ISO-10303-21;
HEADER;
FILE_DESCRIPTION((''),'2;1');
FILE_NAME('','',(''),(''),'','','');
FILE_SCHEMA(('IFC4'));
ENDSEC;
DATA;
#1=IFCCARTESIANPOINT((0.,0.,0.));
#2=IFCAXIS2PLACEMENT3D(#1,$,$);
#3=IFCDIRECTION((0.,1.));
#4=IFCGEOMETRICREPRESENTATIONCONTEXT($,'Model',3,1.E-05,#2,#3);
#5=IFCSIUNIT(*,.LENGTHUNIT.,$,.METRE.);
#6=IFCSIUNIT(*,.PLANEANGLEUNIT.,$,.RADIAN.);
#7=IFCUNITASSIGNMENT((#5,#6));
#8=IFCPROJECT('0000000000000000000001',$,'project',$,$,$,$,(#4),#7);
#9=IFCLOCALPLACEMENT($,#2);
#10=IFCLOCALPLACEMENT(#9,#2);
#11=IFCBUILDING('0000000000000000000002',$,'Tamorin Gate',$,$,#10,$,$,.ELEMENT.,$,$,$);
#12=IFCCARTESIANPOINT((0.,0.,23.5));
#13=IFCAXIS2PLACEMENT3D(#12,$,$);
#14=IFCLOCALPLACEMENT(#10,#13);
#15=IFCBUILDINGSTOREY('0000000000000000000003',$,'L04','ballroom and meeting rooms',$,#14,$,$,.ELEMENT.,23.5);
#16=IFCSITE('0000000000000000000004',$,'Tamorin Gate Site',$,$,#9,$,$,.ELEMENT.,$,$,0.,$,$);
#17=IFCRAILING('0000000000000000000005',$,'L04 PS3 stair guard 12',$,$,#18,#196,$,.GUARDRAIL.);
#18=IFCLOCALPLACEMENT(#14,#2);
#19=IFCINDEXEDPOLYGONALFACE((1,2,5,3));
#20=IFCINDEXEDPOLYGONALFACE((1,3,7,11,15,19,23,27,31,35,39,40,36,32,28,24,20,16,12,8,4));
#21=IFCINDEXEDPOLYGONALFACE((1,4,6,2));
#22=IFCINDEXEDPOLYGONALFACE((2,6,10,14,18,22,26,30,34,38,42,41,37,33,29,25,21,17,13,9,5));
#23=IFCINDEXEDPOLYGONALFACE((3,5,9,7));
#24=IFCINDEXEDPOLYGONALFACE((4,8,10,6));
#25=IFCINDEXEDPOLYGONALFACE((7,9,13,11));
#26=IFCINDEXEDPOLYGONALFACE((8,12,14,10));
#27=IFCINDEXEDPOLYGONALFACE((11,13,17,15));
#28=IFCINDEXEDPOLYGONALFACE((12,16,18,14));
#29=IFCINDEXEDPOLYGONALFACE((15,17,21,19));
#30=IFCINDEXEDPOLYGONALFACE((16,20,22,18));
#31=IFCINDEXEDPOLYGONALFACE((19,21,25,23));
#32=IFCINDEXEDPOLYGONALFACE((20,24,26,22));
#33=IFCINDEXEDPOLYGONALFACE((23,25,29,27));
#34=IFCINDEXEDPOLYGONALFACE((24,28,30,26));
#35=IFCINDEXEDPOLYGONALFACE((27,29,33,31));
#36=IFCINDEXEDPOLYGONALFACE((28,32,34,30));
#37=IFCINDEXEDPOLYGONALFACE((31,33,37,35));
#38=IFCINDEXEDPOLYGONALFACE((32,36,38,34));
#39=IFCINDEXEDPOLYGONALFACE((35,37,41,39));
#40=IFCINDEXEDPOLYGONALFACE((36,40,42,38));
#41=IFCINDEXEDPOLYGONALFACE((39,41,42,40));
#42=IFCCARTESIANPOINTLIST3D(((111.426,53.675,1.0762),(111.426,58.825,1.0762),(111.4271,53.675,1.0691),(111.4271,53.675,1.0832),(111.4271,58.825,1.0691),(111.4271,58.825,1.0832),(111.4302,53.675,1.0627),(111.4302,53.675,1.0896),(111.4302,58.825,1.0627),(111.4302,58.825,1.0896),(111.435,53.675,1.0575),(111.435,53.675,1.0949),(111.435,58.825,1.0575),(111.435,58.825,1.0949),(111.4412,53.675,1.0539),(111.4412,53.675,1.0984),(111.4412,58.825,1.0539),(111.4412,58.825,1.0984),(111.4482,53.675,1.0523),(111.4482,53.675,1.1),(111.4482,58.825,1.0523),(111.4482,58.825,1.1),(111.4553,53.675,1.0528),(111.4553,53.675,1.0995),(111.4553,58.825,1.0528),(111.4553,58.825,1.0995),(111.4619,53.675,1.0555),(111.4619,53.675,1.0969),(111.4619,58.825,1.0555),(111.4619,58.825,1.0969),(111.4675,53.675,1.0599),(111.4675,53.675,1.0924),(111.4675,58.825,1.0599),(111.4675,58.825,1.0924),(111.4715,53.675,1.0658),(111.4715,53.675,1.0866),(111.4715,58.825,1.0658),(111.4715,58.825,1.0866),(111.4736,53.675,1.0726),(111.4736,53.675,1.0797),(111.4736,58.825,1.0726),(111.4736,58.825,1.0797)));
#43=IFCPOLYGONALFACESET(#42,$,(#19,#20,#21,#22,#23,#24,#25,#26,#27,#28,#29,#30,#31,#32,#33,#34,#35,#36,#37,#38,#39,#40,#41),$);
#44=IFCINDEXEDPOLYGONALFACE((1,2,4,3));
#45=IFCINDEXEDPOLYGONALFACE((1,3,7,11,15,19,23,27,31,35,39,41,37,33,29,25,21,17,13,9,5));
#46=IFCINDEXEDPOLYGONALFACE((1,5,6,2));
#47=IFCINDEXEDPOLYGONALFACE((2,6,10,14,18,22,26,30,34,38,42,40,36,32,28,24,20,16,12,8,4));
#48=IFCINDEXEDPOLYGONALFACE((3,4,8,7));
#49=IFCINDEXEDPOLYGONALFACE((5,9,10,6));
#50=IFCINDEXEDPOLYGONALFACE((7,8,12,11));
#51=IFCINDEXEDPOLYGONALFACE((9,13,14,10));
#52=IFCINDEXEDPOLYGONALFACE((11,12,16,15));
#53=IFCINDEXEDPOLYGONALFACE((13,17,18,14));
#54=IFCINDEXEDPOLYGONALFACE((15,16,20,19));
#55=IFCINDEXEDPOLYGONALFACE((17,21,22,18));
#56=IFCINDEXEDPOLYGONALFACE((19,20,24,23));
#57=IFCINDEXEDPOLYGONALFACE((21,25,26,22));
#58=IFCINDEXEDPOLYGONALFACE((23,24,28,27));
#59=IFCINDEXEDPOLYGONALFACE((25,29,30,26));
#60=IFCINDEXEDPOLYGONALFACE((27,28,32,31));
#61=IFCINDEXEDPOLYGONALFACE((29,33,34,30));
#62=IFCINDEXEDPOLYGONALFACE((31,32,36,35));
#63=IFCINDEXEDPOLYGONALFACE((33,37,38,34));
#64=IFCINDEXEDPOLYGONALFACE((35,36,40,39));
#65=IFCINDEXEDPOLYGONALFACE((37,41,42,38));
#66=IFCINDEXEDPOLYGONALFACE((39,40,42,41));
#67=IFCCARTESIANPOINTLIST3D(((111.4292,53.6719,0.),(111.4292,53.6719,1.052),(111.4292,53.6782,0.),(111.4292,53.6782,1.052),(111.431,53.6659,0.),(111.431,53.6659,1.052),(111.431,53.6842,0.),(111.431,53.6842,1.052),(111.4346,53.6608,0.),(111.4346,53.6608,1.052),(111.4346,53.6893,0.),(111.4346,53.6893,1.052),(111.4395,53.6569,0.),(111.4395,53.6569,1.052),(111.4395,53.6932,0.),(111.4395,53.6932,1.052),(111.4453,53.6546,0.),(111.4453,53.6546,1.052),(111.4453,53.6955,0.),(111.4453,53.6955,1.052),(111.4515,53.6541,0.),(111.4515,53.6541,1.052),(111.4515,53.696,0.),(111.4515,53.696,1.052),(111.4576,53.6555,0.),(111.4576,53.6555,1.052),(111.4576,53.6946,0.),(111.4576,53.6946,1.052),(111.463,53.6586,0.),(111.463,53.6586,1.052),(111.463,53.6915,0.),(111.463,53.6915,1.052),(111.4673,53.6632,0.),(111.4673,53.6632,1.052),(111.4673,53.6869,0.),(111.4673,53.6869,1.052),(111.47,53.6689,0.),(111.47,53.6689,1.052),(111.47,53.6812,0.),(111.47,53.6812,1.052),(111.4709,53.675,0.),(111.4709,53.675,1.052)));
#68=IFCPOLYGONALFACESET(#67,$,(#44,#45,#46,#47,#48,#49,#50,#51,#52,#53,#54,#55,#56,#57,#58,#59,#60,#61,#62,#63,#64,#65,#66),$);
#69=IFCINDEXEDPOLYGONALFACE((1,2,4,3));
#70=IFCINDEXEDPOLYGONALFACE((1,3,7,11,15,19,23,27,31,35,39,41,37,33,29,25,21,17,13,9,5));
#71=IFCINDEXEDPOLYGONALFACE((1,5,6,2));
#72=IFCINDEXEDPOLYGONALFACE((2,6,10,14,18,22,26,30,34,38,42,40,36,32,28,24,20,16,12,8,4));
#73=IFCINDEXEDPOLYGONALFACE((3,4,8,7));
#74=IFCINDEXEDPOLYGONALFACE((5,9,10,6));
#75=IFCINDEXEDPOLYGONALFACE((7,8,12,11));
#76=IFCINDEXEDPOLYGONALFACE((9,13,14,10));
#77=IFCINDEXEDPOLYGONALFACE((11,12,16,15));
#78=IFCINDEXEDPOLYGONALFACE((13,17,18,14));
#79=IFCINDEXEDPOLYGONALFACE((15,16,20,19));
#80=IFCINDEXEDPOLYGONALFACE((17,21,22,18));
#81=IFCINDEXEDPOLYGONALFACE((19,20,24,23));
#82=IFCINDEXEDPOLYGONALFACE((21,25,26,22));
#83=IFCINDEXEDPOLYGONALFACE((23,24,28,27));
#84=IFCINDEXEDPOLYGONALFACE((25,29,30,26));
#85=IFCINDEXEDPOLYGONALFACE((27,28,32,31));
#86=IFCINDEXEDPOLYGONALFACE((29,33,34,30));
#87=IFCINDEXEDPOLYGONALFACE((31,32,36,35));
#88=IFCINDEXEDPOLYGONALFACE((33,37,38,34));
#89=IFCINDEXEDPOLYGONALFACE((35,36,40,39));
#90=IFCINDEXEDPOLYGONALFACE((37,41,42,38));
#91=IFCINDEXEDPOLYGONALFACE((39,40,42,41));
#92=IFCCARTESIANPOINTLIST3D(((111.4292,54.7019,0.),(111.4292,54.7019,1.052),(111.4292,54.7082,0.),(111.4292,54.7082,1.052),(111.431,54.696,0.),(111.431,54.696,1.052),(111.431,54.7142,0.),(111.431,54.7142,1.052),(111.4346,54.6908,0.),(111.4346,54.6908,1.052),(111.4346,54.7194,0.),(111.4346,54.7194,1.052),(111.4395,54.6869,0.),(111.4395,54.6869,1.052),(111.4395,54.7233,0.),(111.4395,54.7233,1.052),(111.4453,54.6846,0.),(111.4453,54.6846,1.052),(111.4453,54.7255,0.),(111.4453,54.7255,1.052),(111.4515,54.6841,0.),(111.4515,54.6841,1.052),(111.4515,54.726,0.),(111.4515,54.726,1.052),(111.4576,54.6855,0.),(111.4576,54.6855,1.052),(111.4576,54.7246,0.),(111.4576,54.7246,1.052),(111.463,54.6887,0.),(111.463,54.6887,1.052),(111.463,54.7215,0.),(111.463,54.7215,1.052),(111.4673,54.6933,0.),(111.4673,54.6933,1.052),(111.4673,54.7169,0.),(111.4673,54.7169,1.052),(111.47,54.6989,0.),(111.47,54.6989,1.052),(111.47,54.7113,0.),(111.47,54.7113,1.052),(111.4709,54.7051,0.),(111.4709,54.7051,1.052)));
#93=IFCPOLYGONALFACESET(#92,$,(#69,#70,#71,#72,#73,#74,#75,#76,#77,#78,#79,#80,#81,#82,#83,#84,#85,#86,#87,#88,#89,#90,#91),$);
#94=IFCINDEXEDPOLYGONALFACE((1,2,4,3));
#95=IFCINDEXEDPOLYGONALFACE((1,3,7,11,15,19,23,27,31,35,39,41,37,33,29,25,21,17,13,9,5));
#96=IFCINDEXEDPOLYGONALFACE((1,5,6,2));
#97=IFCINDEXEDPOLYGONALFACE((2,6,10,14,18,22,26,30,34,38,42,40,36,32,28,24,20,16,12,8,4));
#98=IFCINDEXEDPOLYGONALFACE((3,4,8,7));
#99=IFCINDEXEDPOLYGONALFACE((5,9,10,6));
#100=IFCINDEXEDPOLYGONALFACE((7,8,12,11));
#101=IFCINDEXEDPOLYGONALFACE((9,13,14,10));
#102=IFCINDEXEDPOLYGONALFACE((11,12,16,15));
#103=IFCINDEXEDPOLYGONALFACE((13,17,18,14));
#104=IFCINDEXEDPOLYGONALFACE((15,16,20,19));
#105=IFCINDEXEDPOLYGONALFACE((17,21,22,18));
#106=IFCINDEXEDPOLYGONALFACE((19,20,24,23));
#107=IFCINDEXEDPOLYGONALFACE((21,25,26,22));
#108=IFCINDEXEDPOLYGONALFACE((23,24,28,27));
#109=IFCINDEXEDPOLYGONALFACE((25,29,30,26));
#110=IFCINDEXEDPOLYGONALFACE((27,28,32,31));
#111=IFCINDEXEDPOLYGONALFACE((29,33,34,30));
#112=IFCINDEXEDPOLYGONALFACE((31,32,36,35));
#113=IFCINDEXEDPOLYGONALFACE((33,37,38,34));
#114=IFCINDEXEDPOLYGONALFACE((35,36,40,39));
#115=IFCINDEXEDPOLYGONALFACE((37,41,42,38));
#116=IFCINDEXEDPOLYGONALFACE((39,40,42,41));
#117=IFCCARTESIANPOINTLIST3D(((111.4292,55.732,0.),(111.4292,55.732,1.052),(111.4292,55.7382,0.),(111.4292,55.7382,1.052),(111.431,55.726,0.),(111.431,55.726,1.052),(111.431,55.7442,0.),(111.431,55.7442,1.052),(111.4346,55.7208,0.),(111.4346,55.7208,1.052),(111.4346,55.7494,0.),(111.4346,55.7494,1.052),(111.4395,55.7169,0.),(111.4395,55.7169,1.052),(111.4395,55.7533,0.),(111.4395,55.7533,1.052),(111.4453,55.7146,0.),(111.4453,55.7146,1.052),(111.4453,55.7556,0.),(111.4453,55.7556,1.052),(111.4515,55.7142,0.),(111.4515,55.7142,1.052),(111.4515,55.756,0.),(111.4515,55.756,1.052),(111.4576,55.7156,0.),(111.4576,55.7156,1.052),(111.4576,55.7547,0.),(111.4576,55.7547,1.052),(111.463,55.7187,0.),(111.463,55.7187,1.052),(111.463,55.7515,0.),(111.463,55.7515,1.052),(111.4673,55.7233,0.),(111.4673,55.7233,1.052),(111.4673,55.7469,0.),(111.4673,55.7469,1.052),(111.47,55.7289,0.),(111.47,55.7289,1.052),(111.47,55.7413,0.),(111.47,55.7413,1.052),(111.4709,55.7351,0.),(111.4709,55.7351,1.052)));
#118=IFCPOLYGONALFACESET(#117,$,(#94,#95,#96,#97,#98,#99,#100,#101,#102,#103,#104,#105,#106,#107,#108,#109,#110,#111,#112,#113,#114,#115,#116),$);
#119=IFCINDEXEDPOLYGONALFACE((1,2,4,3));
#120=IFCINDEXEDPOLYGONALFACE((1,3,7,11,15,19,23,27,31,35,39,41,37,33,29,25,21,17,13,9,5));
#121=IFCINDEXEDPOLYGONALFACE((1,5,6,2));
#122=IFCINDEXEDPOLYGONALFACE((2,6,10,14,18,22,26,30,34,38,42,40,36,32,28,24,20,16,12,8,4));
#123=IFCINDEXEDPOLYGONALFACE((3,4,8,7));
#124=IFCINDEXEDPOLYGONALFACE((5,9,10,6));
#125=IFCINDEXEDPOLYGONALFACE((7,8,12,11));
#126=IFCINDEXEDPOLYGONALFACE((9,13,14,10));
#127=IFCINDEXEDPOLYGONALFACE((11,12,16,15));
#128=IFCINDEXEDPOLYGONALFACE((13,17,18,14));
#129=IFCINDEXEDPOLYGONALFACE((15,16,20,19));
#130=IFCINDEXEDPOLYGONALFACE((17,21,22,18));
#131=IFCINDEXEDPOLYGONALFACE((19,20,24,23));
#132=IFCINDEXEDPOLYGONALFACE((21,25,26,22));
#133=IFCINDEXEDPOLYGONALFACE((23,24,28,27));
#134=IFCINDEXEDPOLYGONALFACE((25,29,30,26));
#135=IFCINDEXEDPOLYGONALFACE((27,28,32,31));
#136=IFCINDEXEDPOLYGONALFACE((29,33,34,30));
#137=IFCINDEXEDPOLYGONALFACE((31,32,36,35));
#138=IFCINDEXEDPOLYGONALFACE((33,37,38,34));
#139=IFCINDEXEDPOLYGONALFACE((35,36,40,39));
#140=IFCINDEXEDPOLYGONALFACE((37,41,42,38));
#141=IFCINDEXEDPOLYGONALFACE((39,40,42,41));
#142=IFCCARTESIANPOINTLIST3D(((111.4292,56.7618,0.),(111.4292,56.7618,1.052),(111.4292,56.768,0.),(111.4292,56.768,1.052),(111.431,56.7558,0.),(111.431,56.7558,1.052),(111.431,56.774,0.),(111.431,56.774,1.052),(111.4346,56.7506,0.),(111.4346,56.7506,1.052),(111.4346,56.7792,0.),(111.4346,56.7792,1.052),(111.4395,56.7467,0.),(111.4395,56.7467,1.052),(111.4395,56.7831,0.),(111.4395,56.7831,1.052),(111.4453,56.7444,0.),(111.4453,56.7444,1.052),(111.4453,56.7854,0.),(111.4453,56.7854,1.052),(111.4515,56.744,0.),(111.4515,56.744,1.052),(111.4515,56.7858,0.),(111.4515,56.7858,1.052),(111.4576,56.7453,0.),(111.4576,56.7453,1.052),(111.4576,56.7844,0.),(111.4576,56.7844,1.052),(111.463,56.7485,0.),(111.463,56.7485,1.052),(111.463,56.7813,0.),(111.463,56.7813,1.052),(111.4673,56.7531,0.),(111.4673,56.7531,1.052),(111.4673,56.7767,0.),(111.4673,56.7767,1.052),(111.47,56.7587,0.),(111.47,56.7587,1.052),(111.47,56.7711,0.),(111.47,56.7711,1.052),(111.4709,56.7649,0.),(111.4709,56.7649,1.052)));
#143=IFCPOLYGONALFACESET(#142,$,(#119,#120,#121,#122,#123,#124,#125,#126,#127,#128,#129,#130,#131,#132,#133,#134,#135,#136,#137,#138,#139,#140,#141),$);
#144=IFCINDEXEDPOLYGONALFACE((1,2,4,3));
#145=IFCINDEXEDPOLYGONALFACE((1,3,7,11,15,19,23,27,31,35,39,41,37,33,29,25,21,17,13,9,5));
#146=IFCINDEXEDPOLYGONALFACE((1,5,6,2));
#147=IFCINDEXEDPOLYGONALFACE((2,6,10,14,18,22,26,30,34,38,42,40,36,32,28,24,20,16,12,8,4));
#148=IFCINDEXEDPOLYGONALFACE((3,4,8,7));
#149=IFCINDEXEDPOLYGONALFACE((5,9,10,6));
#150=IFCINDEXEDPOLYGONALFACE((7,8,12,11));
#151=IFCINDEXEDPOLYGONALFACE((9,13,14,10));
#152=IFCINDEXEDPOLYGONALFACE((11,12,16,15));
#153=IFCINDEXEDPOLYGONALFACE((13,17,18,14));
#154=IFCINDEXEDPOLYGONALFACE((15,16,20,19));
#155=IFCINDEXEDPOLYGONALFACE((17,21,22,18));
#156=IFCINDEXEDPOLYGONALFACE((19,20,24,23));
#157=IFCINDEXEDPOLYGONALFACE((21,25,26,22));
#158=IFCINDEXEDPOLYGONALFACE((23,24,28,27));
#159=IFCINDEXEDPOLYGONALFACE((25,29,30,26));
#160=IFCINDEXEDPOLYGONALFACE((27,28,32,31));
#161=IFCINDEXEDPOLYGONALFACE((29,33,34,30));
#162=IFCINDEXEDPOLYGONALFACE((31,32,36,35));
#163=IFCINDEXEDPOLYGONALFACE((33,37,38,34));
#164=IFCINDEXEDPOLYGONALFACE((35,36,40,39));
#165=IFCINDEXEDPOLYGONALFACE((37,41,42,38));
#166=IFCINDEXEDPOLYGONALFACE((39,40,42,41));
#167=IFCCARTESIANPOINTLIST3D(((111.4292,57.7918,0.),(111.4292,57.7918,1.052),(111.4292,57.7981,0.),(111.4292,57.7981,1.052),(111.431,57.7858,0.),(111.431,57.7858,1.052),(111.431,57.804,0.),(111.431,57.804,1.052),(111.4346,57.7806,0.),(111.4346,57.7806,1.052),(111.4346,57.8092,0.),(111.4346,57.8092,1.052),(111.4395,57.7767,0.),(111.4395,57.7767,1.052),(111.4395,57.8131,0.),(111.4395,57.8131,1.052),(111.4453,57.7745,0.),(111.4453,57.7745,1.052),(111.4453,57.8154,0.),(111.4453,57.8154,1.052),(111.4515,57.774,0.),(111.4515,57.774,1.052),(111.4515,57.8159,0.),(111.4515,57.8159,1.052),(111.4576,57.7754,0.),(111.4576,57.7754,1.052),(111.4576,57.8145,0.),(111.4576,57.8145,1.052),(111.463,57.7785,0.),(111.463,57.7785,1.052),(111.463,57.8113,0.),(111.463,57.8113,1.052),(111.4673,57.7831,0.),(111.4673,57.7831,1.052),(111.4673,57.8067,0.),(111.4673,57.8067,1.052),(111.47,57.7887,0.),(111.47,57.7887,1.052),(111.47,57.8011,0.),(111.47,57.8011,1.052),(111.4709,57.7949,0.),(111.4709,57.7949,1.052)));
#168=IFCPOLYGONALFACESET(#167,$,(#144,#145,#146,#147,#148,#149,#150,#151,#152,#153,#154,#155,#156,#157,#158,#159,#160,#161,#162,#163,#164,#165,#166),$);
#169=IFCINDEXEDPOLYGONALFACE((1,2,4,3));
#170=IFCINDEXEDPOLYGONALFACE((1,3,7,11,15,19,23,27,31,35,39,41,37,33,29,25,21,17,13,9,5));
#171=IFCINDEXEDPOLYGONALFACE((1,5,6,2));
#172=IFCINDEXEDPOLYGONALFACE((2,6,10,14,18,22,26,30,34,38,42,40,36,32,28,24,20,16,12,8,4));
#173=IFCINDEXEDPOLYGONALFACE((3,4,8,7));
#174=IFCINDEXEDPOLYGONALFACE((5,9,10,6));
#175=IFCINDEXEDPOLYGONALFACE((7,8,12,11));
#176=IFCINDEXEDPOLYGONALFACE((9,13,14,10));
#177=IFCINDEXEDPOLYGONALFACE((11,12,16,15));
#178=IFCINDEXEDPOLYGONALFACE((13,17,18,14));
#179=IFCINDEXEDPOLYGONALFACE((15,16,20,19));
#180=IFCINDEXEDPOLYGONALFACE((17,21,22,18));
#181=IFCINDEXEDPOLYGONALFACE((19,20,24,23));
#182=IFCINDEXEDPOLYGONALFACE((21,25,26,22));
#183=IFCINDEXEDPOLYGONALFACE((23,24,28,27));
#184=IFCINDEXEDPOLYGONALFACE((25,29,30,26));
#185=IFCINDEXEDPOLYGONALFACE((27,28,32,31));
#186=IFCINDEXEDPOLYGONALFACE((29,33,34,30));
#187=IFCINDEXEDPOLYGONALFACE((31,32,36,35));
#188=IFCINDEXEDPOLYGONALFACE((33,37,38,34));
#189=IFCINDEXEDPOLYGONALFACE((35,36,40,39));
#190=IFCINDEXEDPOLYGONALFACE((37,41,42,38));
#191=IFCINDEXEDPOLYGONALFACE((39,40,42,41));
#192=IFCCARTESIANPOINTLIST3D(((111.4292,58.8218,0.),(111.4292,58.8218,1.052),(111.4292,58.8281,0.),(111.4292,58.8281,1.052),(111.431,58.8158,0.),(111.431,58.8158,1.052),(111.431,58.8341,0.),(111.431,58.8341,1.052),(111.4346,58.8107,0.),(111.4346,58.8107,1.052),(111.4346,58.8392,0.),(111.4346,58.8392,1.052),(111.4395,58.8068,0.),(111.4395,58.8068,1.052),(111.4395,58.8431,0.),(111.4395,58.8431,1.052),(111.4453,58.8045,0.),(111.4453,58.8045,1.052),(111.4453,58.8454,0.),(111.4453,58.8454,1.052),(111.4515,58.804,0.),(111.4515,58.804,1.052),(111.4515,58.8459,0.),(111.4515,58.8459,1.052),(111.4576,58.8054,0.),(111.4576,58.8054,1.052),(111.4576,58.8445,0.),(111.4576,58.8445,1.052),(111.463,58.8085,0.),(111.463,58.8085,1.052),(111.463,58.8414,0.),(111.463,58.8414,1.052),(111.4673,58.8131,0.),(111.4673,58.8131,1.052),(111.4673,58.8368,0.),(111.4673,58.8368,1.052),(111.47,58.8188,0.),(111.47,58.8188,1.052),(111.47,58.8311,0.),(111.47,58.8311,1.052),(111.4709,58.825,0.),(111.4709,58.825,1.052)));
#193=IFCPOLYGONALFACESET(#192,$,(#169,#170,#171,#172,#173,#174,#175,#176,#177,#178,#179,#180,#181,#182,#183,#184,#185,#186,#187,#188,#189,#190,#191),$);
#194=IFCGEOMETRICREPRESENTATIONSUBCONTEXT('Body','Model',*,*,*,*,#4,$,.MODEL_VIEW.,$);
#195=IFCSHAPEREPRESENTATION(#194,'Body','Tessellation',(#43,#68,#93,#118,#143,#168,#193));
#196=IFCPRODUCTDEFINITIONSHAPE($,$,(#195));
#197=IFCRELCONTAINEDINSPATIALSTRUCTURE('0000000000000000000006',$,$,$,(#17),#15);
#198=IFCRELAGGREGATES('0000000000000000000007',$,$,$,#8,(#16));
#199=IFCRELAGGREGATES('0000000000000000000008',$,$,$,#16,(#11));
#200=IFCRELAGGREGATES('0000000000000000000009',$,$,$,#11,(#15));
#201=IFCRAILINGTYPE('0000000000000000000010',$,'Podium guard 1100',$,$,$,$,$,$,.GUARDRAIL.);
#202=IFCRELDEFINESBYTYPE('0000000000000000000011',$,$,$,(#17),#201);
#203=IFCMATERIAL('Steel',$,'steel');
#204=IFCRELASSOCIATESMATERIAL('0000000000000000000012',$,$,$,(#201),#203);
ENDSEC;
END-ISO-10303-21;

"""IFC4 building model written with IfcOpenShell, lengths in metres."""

from ifc_helpers import new_model, si_unit, direction, frame, origin, origin_2d, place, context, subcontext, project, spatial, circle, extrude, material, type_object, element, save


model = new_model("IFC4")

# Units and contexts
model_context = context("Model", 3, precision=1e-05, world=origin(), true_north=direction((0.0, 1.0)))
body_context = subcontext(model_context, "Body", "Model", "MODEL_VIEW")
ifc_project = project(units=[si_unit("LENGTHUNIT", "METRE"), si_unit("PLANEANGLEUNIT", "RADIAN")], contexts=[model_context])

# Site, building, storey
site_placement = place(None, origin())
site = spatial("IfcSite", under=ifc_project, at=site_placement, Name="Tamorin Gate Site", CompositionType="ELEMENT", RefElevation=0.0)
building_placement = place(site_placement, origin())
building = spatial("IfcBuilding", under=site, at=building_placement, Name="Tamorin Gate", CompositionType="ELEMENT")
storey_placement = place(building_placement, frame((0.0, 0.0, 23.5)))
storey = spatial("IfcBuildingStorey", under=building, at=storey_placement, Name="L04", Description="ballroom and meeting rooms", CompositionType="ELEMENT", Elevation=23.5)

# Railing
ifc_material_1 = material(Name="Steel", Category="steel")
railing_type = type_object("IfcRailingType", Name="Podium guard 1100", PredefinedType="GUARDRAIL", material=ifc_material_1)
railing_placement = place(storey_placement, frame((111.45, 53.675, 0.0)))
element("IfcRailing", 1, at=railing_placement, inside=storey, type_object=railing_type, Name="L04 PS3 stair guard 12", PredefinedType="GUARDRAIL", context=body_context, shape_type="SweptSolid", body=[
    extrude(circle(Radius=0.0239, at=origin_2d()), frame((0.0, 0.0, 1.0762), z_axis=(0.0, 1.0, 0.0), x_axis=(-1.0, 0.0, 0.0)), (0.0, 0.0, 1.0), 5.1499),
    extrude(circle(Radius=0.021, at=origin_2d()), origin(), (0.0, 0.0, 1.0), 1.052),
    extrude(circle(Radius=0.021, at=origin_2d()), frame((0.0, 1.03, 0.0)), (0.0, 0.0, 1.0), 1.052),
    extrude(circle(Radius=0.021, at=origin_2d()), frame((0.0, 2.0601, 0.0)), (0.0, 0.0, 1.0), 1.052),
    extrude(circle(Radius=0.021, at=origin_2d()), frame((0.0, 3.0898, 0.0)), (0.0, 0.0, 1.0), 1.052),
    extrude(circle(Radius=0.021, at=origin_2d()), frame((0.0, 4.1199, 0.0)), (0.0, 0.0, 1.0), 1.052),
    extrude(circle(Radius=0.021, at=origin_2d()), frame((0.0, 5.1499, 0.0)), (0.0, 0.0, 1.0), 1.052),
])

save(model, "model.ifc")
